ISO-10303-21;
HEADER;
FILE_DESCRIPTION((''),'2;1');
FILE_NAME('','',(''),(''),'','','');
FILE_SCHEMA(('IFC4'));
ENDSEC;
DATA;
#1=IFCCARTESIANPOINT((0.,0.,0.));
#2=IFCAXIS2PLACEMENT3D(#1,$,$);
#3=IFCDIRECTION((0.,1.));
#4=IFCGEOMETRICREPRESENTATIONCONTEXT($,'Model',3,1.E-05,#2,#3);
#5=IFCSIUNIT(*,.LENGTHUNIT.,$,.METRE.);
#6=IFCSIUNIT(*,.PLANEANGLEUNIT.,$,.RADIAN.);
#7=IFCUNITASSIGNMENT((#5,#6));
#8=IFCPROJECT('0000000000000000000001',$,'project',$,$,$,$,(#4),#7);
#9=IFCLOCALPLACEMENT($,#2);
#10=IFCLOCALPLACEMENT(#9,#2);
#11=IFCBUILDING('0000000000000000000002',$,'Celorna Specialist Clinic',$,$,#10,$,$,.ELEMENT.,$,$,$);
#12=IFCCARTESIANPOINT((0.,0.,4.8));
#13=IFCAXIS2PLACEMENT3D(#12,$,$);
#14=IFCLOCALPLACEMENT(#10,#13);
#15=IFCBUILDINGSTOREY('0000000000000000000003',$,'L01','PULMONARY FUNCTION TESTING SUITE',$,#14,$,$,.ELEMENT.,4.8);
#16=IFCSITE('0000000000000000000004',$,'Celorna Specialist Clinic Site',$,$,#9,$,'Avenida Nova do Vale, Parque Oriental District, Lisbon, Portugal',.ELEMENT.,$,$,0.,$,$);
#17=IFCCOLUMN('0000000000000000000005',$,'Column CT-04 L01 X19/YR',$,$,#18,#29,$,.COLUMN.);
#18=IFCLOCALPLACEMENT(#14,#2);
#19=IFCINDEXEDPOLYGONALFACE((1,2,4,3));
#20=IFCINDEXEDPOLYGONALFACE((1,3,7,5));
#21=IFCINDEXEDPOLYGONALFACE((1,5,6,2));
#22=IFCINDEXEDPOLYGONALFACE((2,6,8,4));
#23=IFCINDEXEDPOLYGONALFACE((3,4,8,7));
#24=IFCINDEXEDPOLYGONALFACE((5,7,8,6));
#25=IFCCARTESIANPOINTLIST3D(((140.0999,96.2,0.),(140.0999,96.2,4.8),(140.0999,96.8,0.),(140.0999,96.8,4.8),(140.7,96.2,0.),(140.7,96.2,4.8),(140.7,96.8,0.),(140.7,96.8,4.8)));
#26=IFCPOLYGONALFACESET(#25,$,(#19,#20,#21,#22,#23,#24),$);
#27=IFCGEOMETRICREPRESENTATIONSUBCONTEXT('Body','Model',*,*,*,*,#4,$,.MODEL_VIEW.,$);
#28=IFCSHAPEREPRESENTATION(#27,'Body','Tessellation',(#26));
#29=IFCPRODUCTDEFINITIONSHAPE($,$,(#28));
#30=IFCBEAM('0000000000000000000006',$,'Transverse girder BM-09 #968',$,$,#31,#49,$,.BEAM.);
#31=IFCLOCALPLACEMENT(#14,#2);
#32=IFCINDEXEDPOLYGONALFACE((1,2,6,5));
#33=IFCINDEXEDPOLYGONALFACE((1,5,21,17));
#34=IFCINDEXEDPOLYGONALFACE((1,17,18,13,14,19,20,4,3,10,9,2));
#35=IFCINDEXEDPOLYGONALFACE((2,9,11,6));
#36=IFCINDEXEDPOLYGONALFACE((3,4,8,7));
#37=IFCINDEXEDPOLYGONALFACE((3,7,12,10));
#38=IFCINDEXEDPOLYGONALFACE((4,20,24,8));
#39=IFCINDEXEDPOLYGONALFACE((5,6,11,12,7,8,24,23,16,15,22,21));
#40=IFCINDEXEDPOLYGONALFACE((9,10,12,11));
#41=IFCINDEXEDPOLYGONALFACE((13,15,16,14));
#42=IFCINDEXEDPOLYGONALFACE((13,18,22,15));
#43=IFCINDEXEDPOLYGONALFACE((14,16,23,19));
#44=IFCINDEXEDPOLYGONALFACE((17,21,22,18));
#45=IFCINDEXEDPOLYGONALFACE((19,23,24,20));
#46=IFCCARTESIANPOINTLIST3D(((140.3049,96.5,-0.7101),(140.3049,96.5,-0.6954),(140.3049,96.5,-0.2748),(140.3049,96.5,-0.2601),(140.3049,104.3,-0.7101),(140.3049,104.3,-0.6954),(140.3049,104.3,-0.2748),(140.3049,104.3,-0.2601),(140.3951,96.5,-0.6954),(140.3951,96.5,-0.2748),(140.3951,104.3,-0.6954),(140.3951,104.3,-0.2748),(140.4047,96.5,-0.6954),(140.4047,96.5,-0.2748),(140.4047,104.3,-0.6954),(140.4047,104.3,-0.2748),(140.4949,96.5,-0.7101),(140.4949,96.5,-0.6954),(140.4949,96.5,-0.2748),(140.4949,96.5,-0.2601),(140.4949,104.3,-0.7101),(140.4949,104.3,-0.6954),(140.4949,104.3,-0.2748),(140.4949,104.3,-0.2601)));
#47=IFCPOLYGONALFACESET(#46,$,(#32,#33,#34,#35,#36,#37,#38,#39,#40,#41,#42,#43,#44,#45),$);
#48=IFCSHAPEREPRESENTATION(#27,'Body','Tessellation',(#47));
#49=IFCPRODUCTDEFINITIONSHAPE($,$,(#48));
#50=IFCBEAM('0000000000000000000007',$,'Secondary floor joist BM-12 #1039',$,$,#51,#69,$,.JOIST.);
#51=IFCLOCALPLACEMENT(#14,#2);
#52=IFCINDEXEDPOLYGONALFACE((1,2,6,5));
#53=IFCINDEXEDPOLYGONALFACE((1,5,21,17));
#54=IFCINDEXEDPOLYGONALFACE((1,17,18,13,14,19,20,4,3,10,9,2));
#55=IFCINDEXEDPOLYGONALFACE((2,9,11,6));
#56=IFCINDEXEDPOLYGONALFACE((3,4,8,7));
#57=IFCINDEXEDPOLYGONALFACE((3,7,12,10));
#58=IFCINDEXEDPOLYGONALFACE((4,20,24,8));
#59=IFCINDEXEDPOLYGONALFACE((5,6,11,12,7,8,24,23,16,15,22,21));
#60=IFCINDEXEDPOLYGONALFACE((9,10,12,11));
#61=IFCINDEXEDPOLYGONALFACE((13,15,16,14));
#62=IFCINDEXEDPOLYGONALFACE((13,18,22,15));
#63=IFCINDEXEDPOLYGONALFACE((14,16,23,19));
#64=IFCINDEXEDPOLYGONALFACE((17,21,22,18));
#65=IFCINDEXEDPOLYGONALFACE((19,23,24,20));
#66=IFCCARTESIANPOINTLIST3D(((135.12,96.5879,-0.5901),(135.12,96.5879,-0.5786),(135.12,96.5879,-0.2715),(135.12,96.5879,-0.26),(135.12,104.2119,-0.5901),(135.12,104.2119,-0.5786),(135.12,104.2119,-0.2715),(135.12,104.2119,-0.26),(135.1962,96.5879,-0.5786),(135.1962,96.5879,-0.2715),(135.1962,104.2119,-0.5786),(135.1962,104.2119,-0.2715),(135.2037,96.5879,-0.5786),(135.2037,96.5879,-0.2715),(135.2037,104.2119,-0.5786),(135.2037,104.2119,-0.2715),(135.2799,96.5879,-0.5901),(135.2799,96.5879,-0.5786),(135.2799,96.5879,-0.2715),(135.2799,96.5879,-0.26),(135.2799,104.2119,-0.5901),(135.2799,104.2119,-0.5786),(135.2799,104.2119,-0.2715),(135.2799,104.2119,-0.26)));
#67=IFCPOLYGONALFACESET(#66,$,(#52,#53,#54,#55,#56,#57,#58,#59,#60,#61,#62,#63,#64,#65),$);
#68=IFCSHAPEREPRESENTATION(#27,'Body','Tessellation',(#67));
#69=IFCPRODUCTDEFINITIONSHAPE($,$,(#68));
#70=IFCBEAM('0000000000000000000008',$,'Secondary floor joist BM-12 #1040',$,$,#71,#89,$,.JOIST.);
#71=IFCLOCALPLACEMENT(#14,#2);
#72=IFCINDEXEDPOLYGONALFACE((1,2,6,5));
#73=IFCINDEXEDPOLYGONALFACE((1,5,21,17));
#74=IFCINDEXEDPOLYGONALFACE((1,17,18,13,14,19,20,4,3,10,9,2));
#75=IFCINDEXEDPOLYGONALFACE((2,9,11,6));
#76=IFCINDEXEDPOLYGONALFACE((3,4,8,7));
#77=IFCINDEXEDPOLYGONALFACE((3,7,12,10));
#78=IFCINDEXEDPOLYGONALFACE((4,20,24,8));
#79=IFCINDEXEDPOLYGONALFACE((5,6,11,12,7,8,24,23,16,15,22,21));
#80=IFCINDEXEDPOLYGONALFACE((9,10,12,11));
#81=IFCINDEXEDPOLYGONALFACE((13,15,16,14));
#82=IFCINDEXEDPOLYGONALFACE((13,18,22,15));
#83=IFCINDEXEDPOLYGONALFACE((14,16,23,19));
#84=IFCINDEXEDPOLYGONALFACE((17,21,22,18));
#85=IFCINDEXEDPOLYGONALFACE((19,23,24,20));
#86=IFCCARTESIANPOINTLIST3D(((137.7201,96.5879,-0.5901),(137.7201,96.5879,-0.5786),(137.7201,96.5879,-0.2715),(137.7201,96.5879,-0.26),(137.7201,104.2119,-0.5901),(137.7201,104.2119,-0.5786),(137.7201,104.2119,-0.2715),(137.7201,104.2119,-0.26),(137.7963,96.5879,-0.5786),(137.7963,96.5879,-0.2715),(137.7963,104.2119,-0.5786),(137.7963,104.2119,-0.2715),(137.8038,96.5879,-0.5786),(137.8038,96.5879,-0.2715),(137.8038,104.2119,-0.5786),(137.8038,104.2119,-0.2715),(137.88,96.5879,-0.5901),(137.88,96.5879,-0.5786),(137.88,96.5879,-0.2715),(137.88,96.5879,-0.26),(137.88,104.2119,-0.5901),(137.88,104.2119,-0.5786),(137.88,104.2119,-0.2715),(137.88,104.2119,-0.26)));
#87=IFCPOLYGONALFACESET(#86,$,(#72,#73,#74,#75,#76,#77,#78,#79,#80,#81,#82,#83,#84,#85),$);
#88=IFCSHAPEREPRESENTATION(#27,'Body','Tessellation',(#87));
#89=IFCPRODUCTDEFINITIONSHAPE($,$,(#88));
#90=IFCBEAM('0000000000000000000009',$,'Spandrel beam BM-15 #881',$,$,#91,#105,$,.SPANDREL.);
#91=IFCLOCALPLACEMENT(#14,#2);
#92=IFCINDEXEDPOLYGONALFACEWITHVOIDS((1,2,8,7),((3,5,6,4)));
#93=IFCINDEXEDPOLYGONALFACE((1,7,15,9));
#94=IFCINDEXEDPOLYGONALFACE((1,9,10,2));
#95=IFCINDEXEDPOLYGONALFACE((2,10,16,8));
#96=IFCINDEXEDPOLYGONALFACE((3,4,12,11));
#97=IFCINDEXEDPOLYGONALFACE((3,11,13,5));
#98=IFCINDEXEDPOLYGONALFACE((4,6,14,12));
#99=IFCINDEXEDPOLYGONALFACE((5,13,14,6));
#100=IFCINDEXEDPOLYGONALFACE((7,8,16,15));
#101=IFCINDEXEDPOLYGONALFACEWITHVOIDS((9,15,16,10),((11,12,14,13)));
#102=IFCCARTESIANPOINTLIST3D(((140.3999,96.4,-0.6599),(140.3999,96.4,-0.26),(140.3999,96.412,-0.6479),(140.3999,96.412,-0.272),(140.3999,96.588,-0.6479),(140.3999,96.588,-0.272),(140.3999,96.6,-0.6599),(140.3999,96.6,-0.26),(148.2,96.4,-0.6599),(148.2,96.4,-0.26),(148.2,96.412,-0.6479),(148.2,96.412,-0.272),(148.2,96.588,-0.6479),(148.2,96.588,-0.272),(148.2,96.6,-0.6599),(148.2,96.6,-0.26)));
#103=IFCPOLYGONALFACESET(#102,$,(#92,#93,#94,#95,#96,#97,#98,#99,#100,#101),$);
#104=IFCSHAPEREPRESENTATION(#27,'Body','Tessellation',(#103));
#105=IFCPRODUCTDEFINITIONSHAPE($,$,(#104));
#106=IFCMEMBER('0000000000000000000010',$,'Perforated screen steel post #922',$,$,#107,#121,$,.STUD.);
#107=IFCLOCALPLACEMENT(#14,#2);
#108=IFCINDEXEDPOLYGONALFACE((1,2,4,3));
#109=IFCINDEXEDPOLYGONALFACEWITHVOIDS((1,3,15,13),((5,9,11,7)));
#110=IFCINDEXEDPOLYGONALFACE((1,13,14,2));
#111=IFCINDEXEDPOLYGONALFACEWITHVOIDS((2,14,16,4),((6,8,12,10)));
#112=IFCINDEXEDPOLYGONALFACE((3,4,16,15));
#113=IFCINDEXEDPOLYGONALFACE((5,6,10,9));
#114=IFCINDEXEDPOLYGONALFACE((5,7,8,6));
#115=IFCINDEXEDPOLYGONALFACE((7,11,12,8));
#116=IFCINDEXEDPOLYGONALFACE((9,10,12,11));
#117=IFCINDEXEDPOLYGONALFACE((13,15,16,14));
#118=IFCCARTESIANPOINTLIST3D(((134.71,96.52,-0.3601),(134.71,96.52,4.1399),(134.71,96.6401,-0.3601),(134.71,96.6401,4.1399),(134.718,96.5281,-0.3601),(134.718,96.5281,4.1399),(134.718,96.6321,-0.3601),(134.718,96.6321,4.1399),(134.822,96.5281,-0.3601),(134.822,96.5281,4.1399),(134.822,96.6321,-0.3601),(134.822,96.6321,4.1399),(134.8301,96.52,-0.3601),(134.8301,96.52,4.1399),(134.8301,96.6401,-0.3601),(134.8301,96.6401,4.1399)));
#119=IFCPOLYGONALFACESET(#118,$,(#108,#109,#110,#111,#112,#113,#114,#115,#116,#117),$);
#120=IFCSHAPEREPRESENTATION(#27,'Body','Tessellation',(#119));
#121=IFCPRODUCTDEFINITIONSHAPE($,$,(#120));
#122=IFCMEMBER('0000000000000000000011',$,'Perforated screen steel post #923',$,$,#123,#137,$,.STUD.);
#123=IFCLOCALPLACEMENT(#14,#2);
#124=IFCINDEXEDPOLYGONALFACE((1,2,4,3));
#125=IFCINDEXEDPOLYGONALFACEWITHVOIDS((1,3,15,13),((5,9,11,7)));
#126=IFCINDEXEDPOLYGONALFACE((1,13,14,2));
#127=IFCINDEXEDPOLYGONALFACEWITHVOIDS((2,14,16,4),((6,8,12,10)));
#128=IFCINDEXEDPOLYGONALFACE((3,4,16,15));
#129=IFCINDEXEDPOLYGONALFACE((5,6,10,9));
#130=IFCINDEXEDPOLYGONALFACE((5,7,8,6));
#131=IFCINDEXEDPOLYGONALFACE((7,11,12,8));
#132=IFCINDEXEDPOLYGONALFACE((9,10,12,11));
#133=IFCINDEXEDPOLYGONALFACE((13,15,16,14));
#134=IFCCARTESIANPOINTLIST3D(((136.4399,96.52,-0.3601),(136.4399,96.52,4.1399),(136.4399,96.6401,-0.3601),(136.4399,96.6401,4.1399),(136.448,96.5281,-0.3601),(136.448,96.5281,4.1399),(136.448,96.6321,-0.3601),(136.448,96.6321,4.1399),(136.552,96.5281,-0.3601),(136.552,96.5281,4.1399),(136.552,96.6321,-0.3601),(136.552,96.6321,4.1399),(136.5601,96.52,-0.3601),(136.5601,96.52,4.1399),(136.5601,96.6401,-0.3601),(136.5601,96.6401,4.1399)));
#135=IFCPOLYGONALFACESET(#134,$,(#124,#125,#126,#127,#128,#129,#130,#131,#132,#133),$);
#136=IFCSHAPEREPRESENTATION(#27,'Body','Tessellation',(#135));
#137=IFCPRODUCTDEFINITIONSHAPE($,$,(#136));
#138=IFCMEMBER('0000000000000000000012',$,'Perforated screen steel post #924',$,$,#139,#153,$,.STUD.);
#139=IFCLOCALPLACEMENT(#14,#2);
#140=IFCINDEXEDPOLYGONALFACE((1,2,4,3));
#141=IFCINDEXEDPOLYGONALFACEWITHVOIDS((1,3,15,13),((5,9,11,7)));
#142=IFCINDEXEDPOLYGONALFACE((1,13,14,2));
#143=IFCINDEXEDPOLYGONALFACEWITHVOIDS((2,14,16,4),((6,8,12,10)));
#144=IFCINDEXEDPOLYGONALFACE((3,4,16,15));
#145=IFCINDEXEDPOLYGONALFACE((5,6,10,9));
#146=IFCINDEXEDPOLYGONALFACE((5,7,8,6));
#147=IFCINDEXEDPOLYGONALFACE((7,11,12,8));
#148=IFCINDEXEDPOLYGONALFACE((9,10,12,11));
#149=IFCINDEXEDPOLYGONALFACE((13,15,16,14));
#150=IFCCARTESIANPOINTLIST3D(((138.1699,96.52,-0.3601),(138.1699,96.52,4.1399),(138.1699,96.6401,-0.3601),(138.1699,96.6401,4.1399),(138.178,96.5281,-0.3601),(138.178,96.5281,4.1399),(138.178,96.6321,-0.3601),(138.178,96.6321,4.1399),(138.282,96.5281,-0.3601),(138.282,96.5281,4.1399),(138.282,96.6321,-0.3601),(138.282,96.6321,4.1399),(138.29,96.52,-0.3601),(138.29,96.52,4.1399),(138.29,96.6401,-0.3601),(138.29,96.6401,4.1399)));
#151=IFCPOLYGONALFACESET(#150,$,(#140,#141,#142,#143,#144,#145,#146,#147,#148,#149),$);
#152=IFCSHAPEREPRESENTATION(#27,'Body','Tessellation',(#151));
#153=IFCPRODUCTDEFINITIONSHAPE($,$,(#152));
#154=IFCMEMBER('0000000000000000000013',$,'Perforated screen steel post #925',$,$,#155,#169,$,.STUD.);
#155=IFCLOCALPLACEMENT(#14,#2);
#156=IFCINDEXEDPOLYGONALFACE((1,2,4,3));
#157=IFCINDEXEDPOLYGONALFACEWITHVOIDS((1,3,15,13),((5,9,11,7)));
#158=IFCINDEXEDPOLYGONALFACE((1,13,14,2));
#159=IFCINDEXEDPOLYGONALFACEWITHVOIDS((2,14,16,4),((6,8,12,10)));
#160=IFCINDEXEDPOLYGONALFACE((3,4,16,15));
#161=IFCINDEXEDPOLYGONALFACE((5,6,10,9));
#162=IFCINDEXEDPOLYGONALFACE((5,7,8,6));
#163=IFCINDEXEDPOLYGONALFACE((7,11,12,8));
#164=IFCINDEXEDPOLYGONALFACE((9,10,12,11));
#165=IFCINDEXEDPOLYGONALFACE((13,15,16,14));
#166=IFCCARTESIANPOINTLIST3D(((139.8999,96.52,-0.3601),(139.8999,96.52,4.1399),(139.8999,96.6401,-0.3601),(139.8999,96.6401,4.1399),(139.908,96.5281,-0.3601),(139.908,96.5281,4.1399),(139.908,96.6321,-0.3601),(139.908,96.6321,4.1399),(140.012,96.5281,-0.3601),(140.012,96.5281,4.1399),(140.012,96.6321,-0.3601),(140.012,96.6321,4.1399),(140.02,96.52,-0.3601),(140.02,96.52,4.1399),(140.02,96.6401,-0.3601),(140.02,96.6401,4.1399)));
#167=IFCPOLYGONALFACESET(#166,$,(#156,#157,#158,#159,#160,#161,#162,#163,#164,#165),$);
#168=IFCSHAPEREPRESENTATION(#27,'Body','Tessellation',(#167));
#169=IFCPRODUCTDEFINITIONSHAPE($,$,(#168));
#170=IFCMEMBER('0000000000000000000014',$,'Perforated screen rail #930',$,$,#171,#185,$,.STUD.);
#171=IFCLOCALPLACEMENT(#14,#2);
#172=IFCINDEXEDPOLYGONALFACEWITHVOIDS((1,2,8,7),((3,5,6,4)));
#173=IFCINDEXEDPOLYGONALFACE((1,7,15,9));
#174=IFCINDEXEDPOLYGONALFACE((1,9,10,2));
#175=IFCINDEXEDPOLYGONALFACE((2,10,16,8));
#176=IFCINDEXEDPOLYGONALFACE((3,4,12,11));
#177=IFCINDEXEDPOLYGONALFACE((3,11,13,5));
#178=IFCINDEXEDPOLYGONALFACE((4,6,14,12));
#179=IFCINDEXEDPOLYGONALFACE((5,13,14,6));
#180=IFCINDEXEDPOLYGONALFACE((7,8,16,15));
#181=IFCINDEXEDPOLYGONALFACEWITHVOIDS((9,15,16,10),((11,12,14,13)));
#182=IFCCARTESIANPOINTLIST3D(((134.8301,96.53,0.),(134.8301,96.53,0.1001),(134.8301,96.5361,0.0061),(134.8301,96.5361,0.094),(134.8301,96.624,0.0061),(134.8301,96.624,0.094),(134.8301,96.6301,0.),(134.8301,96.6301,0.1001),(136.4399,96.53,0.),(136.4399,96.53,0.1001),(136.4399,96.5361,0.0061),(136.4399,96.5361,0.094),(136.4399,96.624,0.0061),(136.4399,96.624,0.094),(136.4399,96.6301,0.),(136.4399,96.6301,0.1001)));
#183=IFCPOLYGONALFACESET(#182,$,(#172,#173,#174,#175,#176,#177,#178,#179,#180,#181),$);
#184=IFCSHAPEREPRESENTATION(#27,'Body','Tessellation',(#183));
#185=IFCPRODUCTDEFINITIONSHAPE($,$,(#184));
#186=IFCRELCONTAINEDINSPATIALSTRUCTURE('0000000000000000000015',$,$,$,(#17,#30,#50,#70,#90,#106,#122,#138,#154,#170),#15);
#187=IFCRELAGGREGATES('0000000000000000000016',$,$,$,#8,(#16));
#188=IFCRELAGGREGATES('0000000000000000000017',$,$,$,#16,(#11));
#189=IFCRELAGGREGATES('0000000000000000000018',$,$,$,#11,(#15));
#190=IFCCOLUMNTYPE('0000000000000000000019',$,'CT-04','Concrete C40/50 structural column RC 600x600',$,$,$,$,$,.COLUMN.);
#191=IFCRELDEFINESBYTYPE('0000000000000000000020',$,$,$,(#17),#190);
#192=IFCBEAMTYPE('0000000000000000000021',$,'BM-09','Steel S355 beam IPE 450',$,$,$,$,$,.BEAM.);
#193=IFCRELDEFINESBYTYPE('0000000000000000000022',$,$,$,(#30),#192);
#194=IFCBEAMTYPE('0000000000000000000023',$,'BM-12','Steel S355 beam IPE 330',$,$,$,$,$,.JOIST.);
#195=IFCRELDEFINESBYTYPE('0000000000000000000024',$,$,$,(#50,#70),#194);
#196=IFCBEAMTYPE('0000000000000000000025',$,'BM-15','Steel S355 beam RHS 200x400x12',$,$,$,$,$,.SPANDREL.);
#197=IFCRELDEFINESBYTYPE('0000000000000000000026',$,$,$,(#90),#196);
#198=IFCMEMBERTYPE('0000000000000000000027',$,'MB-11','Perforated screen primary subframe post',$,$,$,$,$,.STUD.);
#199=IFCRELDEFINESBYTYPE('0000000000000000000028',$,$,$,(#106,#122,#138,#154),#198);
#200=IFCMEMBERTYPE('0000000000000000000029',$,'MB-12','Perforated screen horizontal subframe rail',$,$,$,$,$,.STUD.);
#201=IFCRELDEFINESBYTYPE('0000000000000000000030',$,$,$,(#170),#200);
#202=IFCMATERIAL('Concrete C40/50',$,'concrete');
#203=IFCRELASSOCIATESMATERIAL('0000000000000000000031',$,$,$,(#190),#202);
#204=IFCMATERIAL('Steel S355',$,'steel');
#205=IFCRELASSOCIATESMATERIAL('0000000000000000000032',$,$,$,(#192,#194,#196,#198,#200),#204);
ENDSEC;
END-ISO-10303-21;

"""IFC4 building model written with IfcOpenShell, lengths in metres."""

from ifc_helpers import new_model, si_unit, direction, frame, origin, origin_2d, place, context, subcontext, project, spatial, rectangle, hollow_rectangle, i_section, extrude, material, material_profile, profile_set, type_object, element, save


model = new_model("IFC4")

# Units and contexts
model_context = context("Model", 3, precision=1e-05, world=origin(), true_north=direction((0.0, 1.0)))
body_context = subcontext(model_context, "Body", "Model", "MODEL_VIEW")
ifc_project = project(units=[si_unit("LENGTHUNIT", "METRE"), si_unit("PLANEANGLEUNIT", "RADIAN")], contexts=[model_context])

# Site, building, storey
site_placement = place(None, origin())
site = spatial("IfcSite", under=ifc_project, at=site_placement, Name="Celorna Specialist Clinic Site", LongName="Avenida Nova do Vale, Parque Oriental District, Lisbon, Portugal", CompositionType="ELEMENT", RefElevation=0.0)
building_placement = place(site_placement, origin())
building = spatial("IfcBuilding", under=site, at=building_placement, Name="Celorna Specialist Clinic", CompositionType="ELEMENT")
storey_placement = place(building_placement, frame((0.0, 0.0, 4.8)))
storey = spatial("IfcBuildingStorey", under=building, at=storey_placement, Name="L01", Description="PULMONARY FUNCTION TESTING SUITE", CompositionType="ELEMENT", Elevation=4.8)

# Column
ifc_material_1 = material(Name="Concrete C40/50", Category="concrete")
ifc_material_profile_1 = material_profile(ifc_material_1, rectangle(XDim=0.6001, YDim=0.6001, at=origin_2d()), Name="RC 600x600")
ifc_profile_set_1 = profile_set([ifc_material_profile_1], Name="Concrete C40/50")
column_type = type_object("IfcColumnType", Name="CT-04", Description="Concrete C40/50 structural column RC 600x600", PredefinedType="COLUMN", material=ifc_profile_set_1)
column_placement = place(storey_placement, frame((140.3999, 96.5, 0.0), z_axis=(0.0, 0.0, 1.0), x_axis=(1.0, 0.0, 0.0)))
element("IfcColumn", 1, at=column_placement, inside=storey, type_object=column_type, Name="Column CT-04 L01 X19/YR", PredefinedType="COLUMN", context=body_context, shape_type="SweptSolid", body=[
    extrude(rectangle(XDim=0.6001, YDim=0.6001, at=origin_2d()), origin(), (0.0, 0.0, 1.0), 4.8),
])

# Beams
ifc_material_2 = material(Name="Steel S355", Category="steel")
ifc_material_profile_2 = material_profile(ifc_material_2, i_section(OverallWidth=0.1899, OverallDepth=0.45, WebThickness=0.0095, FlangeThickness=0.0146, at=origin_2d()), Name="IPE 450")
ifc_profile_set_2 = profile_set([ifc_material_profile_2], Name="Steel S355")
beam_type_1 = type_object("IfcBeamType", Name="BM-09", Description="Steel S355 beam IPE 450", PredefinedType="BEAM", material=ifc_profile_set_2)
beam_1_placement = place(storey_placement, frame((140.3999, 96.5, -0.4851), z_axis=(0.0, 1.0, 0.0), x_axis=(-1.0, 0.0, 0.0)))
element("IfcBeam", 2, at=beam_1_placement, inside=storey, type_object=beam_type_1, Name="Transverse girder BM-09 #968", PredefinedType="BEAM", context=body_context, shape_type="SweptSolid", body=[
    extrude(i_section(OverallWidth=0.1899, OverallDepth=0.45, WebThickness=0.0095, FlangeThickness=0.0146, at=origin_2d()), origin(), (0.0, 0.0, 1.0), 7.8),
])
ifc_material_profile_3 = material_profile(ifc_material_2, i_section(OverallWidth=0.1599, OverallDepth=0.3301, WebThickness=0.0076, FlangeThickness=0.0115, at=origin_2d()), Name="IPE 330")
ifc_profile_set_3 = profile_set([ifc_material_profile_3], Name="Steel S355")
beam_type_2 = type_object("IfcBeamType", Name="BM-12", Description="Steel S355 beam IPE 330", PredefinedType="JOIST", material=ifc_profile_set_3)
for number, where, z_axis, x_axis, name in (
    (3, (135.2, 96.5879, -0.425), (0.0, 1.0, 0.0), (-1.0, 0.0, 0.0), "Secondary floor joist BM-12 #1039"),
    (4, (137.8, 96.5879, -0.425), (0.0, 1.0, 0.0), (-1.0, 0.0, 0.0), "Secondary floor joist BM-12 #1040"),
):
    element("IfcBeam", number, at=place(storey_placement, frame(where, z_axis=z_axis, x_axis=x_axis)), inside=storey, type_object=beam_type_2, Name=name, PredefinedType="JOIST", context=body_context, shape_type="SweptSolid", body=[
        extrude(i_section(OverallWidth=0.1599, OverallDepth=0.3301, WebThickness=0.0076, FlangeThickness=0.0115, at=origin_2d()), origin(), (0.0, 0.0, 1.0), 7.624),
    ])
ifc_material_profile_4 = material_profile(ifc_material_2, hollow_rectangle(XDim=0.2, YDim=0.3999, WallThickness=0.012, at=origin_2d()), Name="RHS 200x400x12")
ifc_profile_set_4 = profile_set([ifc_material_profile_4], Name="Steel S355")
beam_type_3 = type_object("IfcBeamType", Name="BM-15", Description="Steel S355 beam RHS 200x400x12", PredefinedType="SPANDREL", material=ifc_profile_set_4)
beam_2_placement = place(storey_placement, frame((140.3999, 96.5, -0.46), z_axis=(1.0, 0.0, 0.0), x_axis=(0.0, 1.0, 0.0)))
element("IfcBeam", 5, at=beam_2_placement, inside=storey, type_object=beam_type_3, Name="Spandrel beam BM-15 #881", PredefinedType="SPANDREL", context=body_context, shape_type="SweptSolid", body=[
    extrude(hollow_rectangle(XDim=0.2, YDim=0.3999, WallThickness=0.012, at=origin_2d()), origin(), (0.0, 0.0, 1.0), 7.8),
])

# Members
ifc_material_profile_5 = material_profile(ifc_material_2, hollow_rectangle(XDim=0.1201, YDim=0.1201, WallThickness=0.0081, at=origin_2d()), Name="SHS 120x120x8")
ifc_profile_set_5 = profile_set([ifc_material_profile_5], Name="Steel S355")
member_type_1 = type_object("IfcMemberType", Name="MB-11", Description="Perforated screen primary subframe post", PredefinedType="STUD", material=ifc_profile_set_5)
for number, where, z_axis, x_axis, name in (
    (6, (134.77, 96.5801, -0.3601), (0.0, 0.0, 1.0), (1.0, 0.0, 0.0), "Perforated screen steel post #922"),
    (7, (136.5, 96.5801, -0.3601), (0.0, 0.0, 1.0), (1.0, 0.0, 0.0), "Perforated screen steel post #923"),
    (8, (138.23, 96.5801, -0.3601), (0.0, 0.0, 1.0), (1.0, 0.0, 0.0), "Perforated screen steel post #924"),
    (9, (139.96, 96.5801, -0.3601), (0.0, 0.0, 1.0), (1.0, 0.0, 0.0), "Perforated screen steel post #925"),
):
    element("IfcMember", number, at=place(storey_placement, frame(where, z_axis=z_axis, x_axis=x_axis)), inside=storey, type_object=member_type_1, Name=name, PredefinedType="STUD", context=body_context, shape_type="SweptSolid", body=[
        extrude(hollow_rectangle(XDim=0.1201, YDim=0.1201, WallThickness=0.0081, at=origin_2d()), origin(), (0.0, 0.0, 1.0), 4.5),
    ])
ifc_material_profile_6 = material_profile(ifc_material_2, hollow_rectangle(XDim=0.1001, YDim=0.1001, WallThickness=0.0061, at=origin_2d()), Name="SHS 100x100x6")
ifc_profile_set_6 = profile_set([ifc_material_profile_6], Name="Steel S355")
member_type_2 = type_object("IfcMemberType", Name="MB-12", Description="Perforated screen horizontal subframe rail", PredefinedType="STUD", material=ifc_profile_set_6)
for number, where, z_axis, x_axis, name in (
    (10, (134.8301, 96.5801, 0.05), (1.0, 0.0, 0.0), (0.0, 1.0, 0.0), "Perforated screen rail #930"),
):
    element("IfcMember", number, at=place(storey_placement, frame(where, z_axis=z_axis, x_axis=x_axis)), inside=storey, type_object=member_type_2, Name=name, PredefinedType="STUD", context=body_context, shape_type="SweptSolid", body=[
        extrude(hollow_rectangle(XDim=0.1001, YDim=0.1001, WallThickness=0.0061, at=origin_2d()), origin(), (0.0, 0.0, 1.0), 1.6099),
    ])

save(model, "model.ifc")
